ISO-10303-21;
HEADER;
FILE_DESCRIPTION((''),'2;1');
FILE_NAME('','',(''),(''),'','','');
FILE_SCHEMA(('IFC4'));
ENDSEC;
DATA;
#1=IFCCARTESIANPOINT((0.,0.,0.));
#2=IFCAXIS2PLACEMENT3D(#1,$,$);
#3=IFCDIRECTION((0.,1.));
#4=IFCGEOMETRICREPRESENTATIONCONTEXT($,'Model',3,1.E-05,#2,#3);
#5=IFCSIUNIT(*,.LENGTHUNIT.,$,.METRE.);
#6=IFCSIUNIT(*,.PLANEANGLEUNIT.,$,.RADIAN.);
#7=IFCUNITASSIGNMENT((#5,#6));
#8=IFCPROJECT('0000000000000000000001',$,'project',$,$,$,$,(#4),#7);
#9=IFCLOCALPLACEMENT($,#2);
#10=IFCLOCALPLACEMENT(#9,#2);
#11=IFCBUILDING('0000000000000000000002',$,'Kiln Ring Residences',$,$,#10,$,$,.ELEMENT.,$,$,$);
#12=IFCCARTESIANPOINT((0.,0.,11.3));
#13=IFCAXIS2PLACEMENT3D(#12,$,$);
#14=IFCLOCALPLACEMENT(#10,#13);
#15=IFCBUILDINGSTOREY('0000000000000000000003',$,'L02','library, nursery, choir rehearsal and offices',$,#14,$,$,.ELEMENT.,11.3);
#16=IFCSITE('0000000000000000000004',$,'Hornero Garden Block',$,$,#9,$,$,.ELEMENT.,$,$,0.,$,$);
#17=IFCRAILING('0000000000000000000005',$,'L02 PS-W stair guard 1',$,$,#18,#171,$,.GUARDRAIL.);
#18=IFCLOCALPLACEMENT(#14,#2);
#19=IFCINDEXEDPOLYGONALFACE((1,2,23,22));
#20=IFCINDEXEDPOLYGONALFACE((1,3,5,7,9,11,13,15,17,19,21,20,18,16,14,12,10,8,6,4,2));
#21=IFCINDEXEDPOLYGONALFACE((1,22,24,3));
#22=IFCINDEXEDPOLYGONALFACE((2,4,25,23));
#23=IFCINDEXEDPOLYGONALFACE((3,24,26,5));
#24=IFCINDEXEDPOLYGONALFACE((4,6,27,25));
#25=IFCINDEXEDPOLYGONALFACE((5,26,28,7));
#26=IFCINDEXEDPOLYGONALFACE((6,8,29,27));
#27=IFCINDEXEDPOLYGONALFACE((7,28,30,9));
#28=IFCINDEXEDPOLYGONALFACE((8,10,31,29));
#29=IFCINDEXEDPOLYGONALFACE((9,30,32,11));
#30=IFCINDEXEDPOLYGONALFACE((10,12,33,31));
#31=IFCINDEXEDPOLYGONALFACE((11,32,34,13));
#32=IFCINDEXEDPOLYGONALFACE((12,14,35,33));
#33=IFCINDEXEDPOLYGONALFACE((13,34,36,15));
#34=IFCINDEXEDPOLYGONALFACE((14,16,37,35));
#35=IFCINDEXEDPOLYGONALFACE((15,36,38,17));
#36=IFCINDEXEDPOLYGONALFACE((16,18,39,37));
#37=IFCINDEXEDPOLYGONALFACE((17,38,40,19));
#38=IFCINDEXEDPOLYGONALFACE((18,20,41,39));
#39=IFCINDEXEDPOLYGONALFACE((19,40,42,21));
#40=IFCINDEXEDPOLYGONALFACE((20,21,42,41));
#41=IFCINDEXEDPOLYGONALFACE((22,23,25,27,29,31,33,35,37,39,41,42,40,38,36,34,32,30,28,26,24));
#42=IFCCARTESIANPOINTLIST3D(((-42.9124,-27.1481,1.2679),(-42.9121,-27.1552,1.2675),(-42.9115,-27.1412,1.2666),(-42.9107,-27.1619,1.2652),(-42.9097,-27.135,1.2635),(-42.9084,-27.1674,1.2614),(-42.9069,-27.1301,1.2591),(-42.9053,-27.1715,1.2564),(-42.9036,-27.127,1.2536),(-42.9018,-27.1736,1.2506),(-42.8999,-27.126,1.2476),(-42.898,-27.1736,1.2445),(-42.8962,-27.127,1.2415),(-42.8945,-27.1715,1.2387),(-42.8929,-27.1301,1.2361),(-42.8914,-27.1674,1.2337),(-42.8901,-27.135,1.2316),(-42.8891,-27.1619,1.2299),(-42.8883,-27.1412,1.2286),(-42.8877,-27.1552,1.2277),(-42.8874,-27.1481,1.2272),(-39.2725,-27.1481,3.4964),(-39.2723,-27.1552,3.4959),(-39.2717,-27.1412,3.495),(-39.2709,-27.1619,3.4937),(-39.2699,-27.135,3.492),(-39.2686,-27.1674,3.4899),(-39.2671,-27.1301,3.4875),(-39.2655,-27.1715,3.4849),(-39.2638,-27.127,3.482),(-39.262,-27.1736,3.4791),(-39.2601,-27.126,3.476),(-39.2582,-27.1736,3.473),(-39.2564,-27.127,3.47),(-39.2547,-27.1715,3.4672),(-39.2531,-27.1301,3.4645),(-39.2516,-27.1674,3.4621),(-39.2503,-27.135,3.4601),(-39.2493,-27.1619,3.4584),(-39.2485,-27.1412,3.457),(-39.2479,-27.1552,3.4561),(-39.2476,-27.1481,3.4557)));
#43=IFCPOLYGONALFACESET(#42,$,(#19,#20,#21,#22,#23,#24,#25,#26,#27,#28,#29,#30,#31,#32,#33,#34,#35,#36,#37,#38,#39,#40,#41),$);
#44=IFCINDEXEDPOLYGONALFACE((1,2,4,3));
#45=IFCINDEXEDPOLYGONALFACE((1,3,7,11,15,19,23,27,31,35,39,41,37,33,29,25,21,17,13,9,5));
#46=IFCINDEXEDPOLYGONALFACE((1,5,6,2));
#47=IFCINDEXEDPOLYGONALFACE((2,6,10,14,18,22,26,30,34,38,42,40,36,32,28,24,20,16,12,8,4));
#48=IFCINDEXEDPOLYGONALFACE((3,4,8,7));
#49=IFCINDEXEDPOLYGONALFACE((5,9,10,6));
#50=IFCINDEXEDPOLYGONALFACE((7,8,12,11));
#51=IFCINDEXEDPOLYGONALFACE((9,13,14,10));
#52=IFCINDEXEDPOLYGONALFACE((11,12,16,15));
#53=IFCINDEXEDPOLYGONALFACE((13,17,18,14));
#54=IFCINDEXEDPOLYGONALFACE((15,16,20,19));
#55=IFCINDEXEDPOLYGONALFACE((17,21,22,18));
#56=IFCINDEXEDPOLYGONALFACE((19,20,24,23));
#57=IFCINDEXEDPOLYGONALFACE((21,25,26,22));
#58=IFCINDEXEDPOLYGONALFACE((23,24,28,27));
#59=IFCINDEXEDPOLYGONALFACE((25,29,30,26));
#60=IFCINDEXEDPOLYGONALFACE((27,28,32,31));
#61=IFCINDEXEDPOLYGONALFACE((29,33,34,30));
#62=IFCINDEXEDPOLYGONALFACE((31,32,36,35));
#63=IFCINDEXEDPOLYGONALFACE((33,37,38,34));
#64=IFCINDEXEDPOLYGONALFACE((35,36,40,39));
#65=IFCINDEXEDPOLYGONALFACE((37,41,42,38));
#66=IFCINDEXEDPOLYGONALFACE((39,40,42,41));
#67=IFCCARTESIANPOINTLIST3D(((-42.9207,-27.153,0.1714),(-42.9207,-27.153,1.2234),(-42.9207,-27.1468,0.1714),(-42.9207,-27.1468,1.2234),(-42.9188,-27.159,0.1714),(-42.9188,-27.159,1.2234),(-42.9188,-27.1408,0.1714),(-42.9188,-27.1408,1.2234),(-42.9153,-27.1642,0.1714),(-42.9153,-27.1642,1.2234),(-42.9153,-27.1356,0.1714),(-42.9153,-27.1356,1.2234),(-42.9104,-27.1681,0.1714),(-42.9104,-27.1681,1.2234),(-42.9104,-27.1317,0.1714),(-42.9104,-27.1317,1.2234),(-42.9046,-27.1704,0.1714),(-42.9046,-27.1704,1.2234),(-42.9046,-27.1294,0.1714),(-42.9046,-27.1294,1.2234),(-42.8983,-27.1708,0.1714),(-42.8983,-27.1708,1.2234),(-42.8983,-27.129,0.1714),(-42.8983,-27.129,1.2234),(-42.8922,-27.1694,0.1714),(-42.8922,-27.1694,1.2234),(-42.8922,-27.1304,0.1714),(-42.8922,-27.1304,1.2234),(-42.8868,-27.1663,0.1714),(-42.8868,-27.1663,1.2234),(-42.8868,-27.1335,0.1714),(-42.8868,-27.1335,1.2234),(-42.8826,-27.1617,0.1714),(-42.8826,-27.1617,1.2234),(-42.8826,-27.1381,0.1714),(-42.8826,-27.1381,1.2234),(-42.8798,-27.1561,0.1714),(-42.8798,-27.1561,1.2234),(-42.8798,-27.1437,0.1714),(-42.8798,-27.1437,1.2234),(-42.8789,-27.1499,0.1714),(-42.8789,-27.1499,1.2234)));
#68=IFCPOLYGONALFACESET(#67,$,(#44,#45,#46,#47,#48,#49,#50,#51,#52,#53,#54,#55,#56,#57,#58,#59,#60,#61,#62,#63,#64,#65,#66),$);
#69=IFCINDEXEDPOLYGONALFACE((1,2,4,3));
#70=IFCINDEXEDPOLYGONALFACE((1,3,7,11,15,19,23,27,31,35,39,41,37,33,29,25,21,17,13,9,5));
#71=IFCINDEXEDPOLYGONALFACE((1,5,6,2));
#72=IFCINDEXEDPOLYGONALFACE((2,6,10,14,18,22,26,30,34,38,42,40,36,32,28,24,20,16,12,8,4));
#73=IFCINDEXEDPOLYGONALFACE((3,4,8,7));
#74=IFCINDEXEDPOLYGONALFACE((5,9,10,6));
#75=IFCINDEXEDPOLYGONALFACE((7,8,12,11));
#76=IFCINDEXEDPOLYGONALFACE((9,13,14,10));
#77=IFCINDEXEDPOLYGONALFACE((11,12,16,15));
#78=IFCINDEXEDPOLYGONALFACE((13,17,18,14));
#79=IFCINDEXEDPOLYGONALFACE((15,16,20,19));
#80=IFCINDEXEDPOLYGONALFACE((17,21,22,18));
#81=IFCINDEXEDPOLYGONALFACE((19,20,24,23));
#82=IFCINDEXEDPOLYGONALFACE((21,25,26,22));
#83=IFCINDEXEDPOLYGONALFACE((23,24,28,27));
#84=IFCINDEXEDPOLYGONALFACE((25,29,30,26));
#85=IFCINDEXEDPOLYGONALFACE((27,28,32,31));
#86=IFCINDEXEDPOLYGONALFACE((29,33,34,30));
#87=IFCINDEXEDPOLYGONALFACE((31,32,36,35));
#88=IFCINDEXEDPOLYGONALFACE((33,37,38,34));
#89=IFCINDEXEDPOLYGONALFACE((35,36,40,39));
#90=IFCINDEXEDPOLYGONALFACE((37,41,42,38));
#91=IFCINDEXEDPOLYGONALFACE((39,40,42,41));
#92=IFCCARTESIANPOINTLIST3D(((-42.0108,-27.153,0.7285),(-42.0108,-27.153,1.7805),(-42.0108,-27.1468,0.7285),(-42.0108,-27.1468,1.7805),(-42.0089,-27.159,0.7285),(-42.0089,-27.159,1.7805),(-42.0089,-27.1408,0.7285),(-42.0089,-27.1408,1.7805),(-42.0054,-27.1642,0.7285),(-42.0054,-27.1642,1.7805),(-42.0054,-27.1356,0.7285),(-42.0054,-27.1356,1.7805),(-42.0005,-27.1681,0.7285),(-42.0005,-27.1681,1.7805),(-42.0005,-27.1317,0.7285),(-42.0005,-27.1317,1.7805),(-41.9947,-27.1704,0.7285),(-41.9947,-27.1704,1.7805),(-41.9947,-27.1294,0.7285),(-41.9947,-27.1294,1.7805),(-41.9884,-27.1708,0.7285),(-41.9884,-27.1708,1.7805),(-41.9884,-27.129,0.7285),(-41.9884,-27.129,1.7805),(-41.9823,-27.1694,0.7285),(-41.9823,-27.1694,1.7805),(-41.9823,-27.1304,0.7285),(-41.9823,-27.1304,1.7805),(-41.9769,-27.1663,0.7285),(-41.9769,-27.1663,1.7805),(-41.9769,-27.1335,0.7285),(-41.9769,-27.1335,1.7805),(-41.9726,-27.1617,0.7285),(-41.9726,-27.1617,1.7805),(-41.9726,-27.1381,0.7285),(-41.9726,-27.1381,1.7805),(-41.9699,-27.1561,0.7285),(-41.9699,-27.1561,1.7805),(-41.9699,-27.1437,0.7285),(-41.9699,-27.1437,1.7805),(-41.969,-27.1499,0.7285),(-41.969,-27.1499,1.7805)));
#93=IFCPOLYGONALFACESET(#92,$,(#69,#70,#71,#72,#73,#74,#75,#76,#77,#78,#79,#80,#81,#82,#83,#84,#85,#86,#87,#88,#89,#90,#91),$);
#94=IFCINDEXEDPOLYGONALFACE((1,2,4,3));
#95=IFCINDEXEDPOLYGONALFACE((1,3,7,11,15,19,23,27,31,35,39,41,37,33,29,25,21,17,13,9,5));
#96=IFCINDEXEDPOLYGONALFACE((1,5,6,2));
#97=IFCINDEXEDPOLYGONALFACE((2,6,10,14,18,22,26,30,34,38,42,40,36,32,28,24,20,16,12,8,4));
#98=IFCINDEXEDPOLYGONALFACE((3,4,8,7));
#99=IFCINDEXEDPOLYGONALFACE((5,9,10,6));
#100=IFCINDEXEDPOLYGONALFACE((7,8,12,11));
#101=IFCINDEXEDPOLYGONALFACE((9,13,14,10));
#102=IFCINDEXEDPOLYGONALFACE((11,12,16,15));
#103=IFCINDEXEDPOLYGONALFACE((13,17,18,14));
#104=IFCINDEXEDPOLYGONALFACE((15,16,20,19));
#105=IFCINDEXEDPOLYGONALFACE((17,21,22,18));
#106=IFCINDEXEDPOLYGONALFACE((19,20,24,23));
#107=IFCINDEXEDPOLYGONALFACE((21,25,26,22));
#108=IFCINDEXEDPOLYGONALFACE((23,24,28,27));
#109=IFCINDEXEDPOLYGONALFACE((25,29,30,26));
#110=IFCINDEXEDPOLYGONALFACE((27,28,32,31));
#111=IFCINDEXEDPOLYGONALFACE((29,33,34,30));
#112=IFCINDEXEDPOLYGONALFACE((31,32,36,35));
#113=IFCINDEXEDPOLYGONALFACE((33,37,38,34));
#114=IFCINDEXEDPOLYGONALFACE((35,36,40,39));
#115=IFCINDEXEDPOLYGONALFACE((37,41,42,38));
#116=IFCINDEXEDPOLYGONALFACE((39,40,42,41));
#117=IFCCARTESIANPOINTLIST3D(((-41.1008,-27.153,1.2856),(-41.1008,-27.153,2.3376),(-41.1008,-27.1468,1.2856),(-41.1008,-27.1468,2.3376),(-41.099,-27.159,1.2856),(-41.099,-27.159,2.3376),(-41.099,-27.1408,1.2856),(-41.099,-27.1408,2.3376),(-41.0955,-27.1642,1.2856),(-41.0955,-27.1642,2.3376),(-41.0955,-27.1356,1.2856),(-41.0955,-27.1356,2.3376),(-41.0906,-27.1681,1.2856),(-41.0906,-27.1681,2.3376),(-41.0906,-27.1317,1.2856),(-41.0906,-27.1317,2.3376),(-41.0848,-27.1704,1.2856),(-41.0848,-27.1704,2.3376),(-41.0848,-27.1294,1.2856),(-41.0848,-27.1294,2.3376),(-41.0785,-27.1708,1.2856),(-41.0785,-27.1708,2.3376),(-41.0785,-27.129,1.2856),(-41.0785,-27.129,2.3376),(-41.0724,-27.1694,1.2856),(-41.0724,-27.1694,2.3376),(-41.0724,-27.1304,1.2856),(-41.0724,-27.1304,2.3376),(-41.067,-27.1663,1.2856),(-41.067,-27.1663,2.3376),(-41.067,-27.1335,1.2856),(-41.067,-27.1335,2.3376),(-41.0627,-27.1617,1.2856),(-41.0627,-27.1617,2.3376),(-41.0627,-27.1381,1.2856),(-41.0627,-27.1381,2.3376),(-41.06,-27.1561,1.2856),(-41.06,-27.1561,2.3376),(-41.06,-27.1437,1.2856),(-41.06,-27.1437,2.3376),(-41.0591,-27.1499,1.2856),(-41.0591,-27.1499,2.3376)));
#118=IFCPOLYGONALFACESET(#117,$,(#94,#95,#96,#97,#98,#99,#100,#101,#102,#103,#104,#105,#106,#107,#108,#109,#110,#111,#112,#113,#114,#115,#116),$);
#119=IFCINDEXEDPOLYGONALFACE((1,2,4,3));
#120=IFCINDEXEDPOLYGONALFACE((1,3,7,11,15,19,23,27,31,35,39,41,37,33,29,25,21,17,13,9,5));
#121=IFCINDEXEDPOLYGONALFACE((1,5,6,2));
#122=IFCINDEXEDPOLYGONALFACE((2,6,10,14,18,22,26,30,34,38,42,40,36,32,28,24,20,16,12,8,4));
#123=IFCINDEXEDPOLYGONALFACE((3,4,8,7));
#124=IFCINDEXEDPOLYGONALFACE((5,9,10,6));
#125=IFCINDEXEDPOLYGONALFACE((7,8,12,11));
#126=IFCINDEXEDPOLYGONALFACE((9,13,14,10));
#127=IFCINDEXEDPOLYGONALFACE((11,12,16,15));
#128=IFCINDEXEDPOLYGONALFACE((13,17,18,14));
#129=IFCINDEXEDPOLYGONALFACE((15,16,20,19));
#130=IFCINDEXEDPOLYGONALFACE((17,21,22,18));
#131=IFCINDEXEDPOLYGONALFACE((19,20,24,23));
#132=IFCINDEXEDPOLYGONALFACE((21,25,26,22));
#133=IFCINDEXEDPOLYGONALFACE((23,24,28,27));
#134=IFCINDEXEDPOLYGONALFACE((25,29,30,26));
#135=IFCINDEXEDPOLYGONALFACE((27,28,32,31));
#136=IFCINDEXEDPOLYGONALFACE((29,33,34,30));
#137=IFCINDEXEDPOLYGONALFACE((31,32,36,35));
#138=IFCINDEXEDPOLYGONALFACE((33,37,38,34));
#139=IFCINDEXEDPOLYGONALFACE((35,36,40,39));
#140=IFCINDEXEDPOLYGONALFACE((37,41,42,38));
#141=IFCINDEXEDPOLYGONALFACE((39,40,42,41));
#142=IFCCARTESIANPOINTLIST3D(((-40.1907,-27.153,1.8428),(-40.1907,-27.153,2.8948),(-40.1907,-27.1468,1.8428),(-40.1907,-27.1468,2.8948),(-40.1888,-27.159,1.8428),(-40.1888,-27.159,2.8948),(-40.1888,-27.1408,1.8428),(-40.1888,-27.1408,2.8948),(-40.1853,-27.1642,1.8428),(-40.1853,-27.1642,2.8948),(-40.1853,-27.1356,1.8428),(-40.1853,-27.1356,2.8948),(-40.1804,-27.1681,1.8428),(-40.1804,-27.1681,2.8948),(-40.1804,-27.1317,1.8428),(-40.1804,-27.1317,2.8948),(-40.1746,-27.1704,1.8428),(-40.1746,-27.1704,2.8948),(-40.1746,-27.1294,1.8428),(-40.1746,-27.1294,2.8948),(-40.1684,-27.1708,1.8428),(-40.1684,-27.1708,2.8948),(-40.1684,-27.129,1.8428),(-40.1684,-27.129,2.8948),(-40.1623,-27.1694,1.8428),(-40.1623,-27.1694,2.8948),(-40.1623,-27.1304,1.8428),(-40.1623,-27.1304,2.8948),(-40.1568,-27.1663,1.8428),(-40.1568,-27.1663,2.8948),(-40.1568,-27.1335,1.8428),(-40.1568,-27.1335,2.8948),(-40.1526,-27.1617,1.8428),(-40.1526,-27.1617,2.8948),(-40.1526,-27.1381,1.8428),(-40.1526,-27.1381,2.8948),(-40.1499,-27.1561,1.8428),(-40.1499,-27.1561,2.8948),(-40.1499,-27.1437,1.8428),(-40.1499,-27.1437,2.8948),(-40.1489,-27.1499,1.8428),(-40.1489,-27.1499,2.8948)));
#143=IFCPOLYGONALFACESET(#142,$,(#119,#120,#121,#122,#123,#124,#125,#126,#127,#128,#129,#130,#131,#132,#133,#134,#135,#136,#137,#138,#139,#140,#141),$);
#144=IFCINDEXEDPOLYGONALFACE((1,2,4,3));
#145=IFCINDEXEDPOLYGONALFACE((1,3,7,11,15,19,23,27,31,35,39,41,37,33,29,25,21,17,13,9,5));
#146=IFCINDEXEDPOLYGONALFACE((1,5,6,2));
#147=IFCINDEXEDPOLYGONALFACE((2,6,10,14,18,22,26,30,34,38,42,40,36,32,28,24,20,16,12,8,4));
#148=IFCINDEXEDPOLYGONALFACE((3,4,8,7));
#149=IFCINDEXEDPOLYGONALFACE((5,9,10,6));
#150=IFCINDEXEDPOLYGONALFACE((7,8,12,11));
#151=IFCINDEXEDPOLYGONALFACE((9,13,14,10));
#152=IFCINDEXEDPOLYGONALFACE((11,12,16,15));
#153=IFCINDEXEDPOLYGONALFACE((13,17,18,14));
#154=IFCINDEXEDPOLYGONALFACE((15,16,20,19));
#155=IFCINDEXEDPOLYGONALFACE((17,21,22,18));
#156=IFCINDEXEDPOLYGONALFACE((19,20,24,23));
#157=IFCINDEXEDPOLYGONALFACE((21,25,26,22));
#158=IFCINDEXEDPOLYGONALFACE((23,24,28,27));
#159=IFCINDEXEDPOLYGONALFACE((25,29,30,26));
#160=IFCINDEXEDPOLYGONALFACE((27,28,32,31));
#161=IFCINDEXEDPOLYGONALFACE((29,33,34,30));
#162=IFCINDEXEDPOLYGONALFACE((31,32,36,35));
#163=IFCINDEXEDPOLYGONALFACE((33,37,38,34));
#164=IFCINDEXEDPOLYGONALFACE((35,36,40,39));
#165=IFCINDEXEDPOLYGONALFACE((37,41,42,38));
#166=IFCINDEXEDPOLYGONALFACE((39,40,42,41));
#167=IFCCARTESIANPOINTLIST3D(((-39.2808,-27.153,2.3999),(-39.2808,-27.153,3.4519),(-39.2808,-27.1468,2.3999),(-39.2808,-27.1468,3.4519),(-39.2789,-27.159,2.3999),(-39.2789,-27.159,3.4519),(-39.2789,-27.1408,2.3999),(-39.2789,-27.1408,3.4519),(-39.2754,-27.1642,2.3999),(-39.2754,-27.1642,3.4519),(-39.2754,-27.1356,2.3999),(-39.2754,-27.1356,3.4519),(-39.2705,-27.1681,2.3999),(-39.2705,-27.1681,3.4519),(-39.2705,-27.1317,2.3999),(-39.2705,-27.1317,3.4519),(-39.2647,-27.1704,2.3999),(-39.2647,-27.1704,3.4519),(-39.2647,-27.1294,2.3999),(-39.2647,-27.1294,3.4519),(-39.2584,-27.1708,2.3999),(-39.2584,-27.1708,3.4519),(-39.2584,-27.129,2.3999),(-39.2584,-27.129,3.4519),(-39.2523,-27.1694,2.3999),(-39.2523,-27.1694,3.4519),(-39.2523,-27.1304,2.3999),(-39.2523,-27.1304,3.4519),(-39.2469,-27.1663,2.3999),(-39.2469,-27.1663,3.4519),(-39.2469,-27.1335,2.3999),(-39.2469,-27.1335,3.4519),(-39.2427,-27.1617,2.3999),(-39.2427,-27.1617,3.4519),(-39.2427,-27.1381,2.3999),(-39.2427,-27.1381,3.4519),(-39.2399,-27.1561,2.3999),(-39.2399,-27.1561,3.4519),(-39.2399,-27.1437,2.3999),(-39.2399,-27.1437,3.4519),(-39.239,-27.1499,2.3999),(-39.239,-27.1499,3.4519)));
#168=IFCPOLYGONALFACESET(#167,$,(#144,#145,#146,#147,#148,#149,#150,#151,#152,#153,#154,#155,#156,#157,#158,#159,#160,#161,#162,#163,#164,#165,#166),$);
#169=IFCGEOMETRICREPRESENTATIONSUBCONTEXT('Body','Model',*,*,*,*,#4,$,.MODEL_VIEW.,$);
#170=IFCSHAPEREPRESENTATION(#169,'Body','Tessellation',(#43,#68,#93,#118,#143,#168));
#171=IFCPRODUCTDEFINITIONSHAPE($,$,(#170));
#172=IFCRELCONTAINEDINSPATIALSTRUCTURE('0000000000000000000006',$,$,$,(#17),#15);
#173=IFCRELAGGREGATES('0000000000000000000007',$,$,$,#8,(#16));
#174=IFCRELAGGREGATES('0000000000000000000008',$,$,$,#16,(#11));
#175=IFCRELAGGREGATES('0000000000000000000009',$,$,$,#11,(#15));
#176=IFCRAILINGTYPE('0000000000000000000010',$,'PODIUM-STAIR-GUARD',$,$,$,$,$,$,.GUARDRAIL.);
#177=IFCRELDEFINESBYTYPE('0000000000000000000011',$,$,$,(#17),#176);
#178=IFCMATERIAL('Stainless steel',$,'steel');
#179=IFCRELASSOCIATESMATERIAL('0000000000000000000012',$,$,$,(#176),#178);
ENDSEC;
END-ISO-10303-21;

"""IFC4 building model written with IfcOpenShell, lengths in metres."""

from ifc_helpers import new_model, si_unit, direction, frame, origin, origin_2d, place, context, subcontext, project, spatial, circle, extrude, material, type_object, element, save


model = new_model("IFC4")

# Units and contexts
model_context = context("Model", 3, precision=1e-05, world=origin(), true_north=direction((0.0, 1.0)))
body_context = subcontext(model_context, "Body", "Model", "MODEL_VIEW")
ifc_project = project(units=[si_unit("LENGTHUNIT", "METRE"), si_unit("PLANEANGLEUNIT", "RADIAN")], contexts=[model_context])

# Site, building, storey
site_placement = place(None, origin())
site = spatial("IfcSite", under=ifc_project, at=site_placement, Name="Hornero Garden Block", CompositionType="ELEMENT", RefElevation=0.0)
building_placement = place(site_placement, origin())
building = spatial("IfcBuilding", under=site, at=building_placement, Name="Kiln Ring Residences", CompositionType="ELEMENT")
storey_placement = place(building_placement, frame((0.0, 0.0, 11.3)))
storey = spatial("IfcBuildingStorey", under=building, at=storey_placement, Name="L02", Description="library, nursery, choir rehearsal and offices", CompositionType="ELEMENT", Elevation=11.3)

# Railing
ifc_material_1 = material(Name="Stainless steel", Category="steel")
railing_type_1 = type_object("IfcRailingType", Name="PODIUM-STAIR-GUARD", PredefinedType="GUARDRAIL", material=ifc_material_1)
railing_1_placement = place(storey_placement, frame((-42.8999, -27.1499, 0.1714)))
element("IfcRailing", 1, at=railing_1_placement, inside=storey, type_object=railing_type_1, Name="L02 PS-W stair guard 1", PredefinedType="GUARDRAIL", context=body_context, shape_type="SweptSolid", body=[
    extrude(circle(Radius=0.0239, at=origin_2d()), frame((0.0, 0.0, 1.0762), z_axis=(0.85285, 0.0, 0.522156), x_axis=(0.0, 1.0, 0.0)), (0.0, 0.0, 1.0), 4.2678),
    extrude(circle(Radius=0.021, at=origin_2d()), origin(), (0.0, 0.0, 1.0), 1.052),
    extrude(circle(Radius=0.021, at=origin_2d()), frame((0.9099, 0.0, 0.5571)), (0.0, 0.0, 1.0), 1.052),
    extrude(circle(Radius=0.021, at=origin_2d()), frame((1.8198, 0.0, 1.1143)), (0.0, 0.0, 1.0), 1.052),
    extrude(circle(Radius=0.021, at=origin_2d()), frame((2.73, 0.0, 1.6714)), (0.0, 0.0, 1.0), 1.052),
    extrude(circle(Radius=0.021, at=origin_2d()), frame((3.6399, 0.0, 2.2285)), (0.0, 0.0, 1.0), 1.052),
])

save(model, "model.ifc")
